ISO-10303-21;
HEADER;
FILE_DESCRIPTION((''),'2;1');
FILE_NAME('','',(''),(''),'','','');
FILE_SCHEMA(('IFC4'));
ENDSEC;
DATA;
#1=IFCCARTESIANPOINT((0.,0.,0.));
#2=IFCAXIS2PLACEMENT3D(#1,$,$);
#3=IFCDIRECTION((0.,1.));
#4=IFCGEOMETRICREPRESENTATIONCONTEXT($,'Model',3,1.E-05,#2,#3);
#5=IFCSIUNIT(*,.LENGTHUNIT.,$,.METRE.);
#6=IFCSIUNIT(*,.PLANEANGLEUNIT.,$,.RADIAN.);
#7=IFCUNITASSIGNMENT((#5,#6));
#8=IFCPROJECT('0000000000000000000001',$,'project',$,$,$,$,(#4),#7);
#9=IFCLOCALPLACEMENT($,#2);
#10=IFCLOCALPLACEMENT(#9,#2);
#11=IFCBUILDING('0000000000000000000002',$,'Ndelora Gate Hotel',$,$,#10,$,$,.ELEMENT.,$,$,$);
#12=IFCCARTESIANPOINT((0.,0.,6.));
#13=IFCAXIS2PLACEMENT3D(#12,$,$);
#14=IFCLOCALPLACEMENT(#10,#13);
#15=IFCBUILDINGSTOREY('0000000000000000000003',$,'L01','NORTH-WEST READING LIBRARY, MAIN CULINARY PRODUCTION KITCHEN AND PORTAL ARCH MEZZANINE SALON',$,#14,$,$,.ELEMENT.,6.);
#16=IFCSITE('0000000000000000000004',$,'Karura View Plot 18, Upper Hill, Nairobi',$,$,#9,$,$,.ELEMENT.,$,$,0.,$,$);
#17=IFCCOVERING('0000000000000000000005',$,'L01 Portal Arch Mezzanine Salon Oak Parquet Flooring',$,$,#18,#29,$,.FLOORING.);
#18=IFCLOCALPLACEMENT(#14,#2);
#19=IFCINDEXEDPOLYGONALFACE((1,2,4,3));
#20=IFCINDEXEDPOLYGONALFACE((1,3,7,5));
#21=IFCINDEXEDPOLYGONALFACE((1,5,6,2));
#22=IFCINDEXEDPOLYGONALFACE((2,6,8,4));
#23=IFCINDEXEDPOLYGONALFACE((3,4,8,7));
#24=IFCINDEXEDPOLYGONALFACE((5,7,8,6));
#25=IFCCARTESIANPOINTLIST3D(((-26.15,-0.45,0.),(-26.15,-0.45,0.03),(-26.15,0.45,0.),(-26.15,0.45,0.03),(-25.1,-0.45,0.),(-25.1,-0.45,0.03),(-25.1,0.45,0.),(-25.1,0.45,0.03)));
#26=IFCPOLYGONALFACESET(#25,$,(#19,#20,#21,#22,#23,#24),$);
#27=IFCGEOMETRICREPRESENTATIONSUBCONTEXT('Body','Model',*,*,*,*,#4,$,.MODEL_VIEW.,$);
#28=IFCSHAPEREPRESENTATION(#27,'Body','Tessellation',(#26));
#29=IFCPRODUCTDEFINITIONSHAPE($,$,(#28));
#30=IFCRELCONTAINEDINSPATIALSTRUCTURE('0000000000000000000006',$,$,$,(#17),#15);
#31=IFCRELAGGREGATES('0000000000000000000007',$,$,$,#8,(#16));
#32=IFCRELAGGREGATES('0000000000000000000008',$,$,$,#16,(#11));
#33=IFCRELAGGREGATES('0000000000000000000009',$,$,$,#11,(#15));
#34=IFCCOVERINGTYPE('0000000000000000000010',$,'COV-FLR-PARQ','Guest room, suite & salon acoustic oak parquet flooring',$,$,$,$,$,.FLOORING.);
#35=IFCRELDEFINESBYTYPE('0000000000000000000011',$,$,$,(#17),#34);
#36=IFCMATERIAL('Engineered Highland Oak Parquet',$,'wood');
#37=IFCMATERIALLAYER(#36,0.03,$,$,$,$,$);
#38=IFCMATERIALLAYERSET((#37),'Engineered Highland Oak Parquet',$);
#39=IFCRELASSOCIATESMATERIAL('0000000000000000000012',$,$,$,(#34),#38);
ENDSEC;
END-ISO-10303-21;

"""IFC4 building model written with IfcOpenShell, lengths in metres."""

from ifc_helpers import new_model, si_unit, direction, frame, origin, origin_2d, place, context, subcontext, project, spatial, rectangle, extrude, material, layer, layer_set, type_object, element, save


model = new_model("IFC4")

# Units and contexts
model_context = context("Model", 3, precision=1e-05, world=origin(), true_north=direction((0.0, 1.0)))
body_context = subcontext(model_context, "Body", "Model", "MODEL_VIEW")
ifc_project = project(units=[si_unit("LENGTHUNIT", "METRE"), si_unit("PLANEANGLEUNIT", "RADIAN")], contexts=[model_context])

# Site, building, storey
site_placement = place(None, origin())
site = spatial("IfcSite", under=ifc_project, at=site_placement, Name="Karura View Plot 18, Upper Hill, Nairobi", CompositionType="ELEMENT", RefElevation=0.0)
building_placement = place(site_placement, origin())
building = spatial("IfcBuilding", under=site, at=building_placement, Name="Ndelora Gate Hotel", CompositionType="ELEMENT")
storey_placement = place(building_placement, frame((0.0, 0.0, 6.0)))
storey = spatial("IfcBuildingStorey", under=building, at=storey_placement, Name="L01", Description="NORTH-WEST READING LIBRARY, MAIN CULINARY PRODUCTION KITCHEN AND PORTAL ARCH MEZZANINE SALON", CompositionType="ELEMENT", Elevation=6.0)

# Covering
ifc_material_1 = material(Name="Engineered Highland Oak Parquet", Category="wood")
ifc_layer_1 = layer(ifc_material_1, 0.03)
ifc_layer_set_1 = layer_set([ifc_layer_1], Name="Engineered Highland Oak Parquet")
covering_type = type_object("IfcCoveringType", Name="COV-FLR-PARQ", Description="Guest room, suite & salon acoustic oak parquet flooring", PredefinedType="FLOORING", material=ifc_layer_set_1)
covering_placement = place(storey_placement, frame((-25.625, 0.0, 0.0), z_axis=(0.0, 0.0, 1.0), x_axis=(1.0, 0.0, 0.0)))
element("IfcCovering", 1, at=covering_placement, inside=storey, type_object=covering_type, Name="L01 Portal Arch Mezzanine Salon Oak Parquet Flooring", PredefinedType="FLOORING", context=body_context, shape_type="SweptSolid", body=[
    extrude(rectangle(XDim=1.05, YDim=0.8999, at=origin_2d()), origin(), (0.0, 0.0, 1.0), 0.03),
])

save(model, "model.ifc")
